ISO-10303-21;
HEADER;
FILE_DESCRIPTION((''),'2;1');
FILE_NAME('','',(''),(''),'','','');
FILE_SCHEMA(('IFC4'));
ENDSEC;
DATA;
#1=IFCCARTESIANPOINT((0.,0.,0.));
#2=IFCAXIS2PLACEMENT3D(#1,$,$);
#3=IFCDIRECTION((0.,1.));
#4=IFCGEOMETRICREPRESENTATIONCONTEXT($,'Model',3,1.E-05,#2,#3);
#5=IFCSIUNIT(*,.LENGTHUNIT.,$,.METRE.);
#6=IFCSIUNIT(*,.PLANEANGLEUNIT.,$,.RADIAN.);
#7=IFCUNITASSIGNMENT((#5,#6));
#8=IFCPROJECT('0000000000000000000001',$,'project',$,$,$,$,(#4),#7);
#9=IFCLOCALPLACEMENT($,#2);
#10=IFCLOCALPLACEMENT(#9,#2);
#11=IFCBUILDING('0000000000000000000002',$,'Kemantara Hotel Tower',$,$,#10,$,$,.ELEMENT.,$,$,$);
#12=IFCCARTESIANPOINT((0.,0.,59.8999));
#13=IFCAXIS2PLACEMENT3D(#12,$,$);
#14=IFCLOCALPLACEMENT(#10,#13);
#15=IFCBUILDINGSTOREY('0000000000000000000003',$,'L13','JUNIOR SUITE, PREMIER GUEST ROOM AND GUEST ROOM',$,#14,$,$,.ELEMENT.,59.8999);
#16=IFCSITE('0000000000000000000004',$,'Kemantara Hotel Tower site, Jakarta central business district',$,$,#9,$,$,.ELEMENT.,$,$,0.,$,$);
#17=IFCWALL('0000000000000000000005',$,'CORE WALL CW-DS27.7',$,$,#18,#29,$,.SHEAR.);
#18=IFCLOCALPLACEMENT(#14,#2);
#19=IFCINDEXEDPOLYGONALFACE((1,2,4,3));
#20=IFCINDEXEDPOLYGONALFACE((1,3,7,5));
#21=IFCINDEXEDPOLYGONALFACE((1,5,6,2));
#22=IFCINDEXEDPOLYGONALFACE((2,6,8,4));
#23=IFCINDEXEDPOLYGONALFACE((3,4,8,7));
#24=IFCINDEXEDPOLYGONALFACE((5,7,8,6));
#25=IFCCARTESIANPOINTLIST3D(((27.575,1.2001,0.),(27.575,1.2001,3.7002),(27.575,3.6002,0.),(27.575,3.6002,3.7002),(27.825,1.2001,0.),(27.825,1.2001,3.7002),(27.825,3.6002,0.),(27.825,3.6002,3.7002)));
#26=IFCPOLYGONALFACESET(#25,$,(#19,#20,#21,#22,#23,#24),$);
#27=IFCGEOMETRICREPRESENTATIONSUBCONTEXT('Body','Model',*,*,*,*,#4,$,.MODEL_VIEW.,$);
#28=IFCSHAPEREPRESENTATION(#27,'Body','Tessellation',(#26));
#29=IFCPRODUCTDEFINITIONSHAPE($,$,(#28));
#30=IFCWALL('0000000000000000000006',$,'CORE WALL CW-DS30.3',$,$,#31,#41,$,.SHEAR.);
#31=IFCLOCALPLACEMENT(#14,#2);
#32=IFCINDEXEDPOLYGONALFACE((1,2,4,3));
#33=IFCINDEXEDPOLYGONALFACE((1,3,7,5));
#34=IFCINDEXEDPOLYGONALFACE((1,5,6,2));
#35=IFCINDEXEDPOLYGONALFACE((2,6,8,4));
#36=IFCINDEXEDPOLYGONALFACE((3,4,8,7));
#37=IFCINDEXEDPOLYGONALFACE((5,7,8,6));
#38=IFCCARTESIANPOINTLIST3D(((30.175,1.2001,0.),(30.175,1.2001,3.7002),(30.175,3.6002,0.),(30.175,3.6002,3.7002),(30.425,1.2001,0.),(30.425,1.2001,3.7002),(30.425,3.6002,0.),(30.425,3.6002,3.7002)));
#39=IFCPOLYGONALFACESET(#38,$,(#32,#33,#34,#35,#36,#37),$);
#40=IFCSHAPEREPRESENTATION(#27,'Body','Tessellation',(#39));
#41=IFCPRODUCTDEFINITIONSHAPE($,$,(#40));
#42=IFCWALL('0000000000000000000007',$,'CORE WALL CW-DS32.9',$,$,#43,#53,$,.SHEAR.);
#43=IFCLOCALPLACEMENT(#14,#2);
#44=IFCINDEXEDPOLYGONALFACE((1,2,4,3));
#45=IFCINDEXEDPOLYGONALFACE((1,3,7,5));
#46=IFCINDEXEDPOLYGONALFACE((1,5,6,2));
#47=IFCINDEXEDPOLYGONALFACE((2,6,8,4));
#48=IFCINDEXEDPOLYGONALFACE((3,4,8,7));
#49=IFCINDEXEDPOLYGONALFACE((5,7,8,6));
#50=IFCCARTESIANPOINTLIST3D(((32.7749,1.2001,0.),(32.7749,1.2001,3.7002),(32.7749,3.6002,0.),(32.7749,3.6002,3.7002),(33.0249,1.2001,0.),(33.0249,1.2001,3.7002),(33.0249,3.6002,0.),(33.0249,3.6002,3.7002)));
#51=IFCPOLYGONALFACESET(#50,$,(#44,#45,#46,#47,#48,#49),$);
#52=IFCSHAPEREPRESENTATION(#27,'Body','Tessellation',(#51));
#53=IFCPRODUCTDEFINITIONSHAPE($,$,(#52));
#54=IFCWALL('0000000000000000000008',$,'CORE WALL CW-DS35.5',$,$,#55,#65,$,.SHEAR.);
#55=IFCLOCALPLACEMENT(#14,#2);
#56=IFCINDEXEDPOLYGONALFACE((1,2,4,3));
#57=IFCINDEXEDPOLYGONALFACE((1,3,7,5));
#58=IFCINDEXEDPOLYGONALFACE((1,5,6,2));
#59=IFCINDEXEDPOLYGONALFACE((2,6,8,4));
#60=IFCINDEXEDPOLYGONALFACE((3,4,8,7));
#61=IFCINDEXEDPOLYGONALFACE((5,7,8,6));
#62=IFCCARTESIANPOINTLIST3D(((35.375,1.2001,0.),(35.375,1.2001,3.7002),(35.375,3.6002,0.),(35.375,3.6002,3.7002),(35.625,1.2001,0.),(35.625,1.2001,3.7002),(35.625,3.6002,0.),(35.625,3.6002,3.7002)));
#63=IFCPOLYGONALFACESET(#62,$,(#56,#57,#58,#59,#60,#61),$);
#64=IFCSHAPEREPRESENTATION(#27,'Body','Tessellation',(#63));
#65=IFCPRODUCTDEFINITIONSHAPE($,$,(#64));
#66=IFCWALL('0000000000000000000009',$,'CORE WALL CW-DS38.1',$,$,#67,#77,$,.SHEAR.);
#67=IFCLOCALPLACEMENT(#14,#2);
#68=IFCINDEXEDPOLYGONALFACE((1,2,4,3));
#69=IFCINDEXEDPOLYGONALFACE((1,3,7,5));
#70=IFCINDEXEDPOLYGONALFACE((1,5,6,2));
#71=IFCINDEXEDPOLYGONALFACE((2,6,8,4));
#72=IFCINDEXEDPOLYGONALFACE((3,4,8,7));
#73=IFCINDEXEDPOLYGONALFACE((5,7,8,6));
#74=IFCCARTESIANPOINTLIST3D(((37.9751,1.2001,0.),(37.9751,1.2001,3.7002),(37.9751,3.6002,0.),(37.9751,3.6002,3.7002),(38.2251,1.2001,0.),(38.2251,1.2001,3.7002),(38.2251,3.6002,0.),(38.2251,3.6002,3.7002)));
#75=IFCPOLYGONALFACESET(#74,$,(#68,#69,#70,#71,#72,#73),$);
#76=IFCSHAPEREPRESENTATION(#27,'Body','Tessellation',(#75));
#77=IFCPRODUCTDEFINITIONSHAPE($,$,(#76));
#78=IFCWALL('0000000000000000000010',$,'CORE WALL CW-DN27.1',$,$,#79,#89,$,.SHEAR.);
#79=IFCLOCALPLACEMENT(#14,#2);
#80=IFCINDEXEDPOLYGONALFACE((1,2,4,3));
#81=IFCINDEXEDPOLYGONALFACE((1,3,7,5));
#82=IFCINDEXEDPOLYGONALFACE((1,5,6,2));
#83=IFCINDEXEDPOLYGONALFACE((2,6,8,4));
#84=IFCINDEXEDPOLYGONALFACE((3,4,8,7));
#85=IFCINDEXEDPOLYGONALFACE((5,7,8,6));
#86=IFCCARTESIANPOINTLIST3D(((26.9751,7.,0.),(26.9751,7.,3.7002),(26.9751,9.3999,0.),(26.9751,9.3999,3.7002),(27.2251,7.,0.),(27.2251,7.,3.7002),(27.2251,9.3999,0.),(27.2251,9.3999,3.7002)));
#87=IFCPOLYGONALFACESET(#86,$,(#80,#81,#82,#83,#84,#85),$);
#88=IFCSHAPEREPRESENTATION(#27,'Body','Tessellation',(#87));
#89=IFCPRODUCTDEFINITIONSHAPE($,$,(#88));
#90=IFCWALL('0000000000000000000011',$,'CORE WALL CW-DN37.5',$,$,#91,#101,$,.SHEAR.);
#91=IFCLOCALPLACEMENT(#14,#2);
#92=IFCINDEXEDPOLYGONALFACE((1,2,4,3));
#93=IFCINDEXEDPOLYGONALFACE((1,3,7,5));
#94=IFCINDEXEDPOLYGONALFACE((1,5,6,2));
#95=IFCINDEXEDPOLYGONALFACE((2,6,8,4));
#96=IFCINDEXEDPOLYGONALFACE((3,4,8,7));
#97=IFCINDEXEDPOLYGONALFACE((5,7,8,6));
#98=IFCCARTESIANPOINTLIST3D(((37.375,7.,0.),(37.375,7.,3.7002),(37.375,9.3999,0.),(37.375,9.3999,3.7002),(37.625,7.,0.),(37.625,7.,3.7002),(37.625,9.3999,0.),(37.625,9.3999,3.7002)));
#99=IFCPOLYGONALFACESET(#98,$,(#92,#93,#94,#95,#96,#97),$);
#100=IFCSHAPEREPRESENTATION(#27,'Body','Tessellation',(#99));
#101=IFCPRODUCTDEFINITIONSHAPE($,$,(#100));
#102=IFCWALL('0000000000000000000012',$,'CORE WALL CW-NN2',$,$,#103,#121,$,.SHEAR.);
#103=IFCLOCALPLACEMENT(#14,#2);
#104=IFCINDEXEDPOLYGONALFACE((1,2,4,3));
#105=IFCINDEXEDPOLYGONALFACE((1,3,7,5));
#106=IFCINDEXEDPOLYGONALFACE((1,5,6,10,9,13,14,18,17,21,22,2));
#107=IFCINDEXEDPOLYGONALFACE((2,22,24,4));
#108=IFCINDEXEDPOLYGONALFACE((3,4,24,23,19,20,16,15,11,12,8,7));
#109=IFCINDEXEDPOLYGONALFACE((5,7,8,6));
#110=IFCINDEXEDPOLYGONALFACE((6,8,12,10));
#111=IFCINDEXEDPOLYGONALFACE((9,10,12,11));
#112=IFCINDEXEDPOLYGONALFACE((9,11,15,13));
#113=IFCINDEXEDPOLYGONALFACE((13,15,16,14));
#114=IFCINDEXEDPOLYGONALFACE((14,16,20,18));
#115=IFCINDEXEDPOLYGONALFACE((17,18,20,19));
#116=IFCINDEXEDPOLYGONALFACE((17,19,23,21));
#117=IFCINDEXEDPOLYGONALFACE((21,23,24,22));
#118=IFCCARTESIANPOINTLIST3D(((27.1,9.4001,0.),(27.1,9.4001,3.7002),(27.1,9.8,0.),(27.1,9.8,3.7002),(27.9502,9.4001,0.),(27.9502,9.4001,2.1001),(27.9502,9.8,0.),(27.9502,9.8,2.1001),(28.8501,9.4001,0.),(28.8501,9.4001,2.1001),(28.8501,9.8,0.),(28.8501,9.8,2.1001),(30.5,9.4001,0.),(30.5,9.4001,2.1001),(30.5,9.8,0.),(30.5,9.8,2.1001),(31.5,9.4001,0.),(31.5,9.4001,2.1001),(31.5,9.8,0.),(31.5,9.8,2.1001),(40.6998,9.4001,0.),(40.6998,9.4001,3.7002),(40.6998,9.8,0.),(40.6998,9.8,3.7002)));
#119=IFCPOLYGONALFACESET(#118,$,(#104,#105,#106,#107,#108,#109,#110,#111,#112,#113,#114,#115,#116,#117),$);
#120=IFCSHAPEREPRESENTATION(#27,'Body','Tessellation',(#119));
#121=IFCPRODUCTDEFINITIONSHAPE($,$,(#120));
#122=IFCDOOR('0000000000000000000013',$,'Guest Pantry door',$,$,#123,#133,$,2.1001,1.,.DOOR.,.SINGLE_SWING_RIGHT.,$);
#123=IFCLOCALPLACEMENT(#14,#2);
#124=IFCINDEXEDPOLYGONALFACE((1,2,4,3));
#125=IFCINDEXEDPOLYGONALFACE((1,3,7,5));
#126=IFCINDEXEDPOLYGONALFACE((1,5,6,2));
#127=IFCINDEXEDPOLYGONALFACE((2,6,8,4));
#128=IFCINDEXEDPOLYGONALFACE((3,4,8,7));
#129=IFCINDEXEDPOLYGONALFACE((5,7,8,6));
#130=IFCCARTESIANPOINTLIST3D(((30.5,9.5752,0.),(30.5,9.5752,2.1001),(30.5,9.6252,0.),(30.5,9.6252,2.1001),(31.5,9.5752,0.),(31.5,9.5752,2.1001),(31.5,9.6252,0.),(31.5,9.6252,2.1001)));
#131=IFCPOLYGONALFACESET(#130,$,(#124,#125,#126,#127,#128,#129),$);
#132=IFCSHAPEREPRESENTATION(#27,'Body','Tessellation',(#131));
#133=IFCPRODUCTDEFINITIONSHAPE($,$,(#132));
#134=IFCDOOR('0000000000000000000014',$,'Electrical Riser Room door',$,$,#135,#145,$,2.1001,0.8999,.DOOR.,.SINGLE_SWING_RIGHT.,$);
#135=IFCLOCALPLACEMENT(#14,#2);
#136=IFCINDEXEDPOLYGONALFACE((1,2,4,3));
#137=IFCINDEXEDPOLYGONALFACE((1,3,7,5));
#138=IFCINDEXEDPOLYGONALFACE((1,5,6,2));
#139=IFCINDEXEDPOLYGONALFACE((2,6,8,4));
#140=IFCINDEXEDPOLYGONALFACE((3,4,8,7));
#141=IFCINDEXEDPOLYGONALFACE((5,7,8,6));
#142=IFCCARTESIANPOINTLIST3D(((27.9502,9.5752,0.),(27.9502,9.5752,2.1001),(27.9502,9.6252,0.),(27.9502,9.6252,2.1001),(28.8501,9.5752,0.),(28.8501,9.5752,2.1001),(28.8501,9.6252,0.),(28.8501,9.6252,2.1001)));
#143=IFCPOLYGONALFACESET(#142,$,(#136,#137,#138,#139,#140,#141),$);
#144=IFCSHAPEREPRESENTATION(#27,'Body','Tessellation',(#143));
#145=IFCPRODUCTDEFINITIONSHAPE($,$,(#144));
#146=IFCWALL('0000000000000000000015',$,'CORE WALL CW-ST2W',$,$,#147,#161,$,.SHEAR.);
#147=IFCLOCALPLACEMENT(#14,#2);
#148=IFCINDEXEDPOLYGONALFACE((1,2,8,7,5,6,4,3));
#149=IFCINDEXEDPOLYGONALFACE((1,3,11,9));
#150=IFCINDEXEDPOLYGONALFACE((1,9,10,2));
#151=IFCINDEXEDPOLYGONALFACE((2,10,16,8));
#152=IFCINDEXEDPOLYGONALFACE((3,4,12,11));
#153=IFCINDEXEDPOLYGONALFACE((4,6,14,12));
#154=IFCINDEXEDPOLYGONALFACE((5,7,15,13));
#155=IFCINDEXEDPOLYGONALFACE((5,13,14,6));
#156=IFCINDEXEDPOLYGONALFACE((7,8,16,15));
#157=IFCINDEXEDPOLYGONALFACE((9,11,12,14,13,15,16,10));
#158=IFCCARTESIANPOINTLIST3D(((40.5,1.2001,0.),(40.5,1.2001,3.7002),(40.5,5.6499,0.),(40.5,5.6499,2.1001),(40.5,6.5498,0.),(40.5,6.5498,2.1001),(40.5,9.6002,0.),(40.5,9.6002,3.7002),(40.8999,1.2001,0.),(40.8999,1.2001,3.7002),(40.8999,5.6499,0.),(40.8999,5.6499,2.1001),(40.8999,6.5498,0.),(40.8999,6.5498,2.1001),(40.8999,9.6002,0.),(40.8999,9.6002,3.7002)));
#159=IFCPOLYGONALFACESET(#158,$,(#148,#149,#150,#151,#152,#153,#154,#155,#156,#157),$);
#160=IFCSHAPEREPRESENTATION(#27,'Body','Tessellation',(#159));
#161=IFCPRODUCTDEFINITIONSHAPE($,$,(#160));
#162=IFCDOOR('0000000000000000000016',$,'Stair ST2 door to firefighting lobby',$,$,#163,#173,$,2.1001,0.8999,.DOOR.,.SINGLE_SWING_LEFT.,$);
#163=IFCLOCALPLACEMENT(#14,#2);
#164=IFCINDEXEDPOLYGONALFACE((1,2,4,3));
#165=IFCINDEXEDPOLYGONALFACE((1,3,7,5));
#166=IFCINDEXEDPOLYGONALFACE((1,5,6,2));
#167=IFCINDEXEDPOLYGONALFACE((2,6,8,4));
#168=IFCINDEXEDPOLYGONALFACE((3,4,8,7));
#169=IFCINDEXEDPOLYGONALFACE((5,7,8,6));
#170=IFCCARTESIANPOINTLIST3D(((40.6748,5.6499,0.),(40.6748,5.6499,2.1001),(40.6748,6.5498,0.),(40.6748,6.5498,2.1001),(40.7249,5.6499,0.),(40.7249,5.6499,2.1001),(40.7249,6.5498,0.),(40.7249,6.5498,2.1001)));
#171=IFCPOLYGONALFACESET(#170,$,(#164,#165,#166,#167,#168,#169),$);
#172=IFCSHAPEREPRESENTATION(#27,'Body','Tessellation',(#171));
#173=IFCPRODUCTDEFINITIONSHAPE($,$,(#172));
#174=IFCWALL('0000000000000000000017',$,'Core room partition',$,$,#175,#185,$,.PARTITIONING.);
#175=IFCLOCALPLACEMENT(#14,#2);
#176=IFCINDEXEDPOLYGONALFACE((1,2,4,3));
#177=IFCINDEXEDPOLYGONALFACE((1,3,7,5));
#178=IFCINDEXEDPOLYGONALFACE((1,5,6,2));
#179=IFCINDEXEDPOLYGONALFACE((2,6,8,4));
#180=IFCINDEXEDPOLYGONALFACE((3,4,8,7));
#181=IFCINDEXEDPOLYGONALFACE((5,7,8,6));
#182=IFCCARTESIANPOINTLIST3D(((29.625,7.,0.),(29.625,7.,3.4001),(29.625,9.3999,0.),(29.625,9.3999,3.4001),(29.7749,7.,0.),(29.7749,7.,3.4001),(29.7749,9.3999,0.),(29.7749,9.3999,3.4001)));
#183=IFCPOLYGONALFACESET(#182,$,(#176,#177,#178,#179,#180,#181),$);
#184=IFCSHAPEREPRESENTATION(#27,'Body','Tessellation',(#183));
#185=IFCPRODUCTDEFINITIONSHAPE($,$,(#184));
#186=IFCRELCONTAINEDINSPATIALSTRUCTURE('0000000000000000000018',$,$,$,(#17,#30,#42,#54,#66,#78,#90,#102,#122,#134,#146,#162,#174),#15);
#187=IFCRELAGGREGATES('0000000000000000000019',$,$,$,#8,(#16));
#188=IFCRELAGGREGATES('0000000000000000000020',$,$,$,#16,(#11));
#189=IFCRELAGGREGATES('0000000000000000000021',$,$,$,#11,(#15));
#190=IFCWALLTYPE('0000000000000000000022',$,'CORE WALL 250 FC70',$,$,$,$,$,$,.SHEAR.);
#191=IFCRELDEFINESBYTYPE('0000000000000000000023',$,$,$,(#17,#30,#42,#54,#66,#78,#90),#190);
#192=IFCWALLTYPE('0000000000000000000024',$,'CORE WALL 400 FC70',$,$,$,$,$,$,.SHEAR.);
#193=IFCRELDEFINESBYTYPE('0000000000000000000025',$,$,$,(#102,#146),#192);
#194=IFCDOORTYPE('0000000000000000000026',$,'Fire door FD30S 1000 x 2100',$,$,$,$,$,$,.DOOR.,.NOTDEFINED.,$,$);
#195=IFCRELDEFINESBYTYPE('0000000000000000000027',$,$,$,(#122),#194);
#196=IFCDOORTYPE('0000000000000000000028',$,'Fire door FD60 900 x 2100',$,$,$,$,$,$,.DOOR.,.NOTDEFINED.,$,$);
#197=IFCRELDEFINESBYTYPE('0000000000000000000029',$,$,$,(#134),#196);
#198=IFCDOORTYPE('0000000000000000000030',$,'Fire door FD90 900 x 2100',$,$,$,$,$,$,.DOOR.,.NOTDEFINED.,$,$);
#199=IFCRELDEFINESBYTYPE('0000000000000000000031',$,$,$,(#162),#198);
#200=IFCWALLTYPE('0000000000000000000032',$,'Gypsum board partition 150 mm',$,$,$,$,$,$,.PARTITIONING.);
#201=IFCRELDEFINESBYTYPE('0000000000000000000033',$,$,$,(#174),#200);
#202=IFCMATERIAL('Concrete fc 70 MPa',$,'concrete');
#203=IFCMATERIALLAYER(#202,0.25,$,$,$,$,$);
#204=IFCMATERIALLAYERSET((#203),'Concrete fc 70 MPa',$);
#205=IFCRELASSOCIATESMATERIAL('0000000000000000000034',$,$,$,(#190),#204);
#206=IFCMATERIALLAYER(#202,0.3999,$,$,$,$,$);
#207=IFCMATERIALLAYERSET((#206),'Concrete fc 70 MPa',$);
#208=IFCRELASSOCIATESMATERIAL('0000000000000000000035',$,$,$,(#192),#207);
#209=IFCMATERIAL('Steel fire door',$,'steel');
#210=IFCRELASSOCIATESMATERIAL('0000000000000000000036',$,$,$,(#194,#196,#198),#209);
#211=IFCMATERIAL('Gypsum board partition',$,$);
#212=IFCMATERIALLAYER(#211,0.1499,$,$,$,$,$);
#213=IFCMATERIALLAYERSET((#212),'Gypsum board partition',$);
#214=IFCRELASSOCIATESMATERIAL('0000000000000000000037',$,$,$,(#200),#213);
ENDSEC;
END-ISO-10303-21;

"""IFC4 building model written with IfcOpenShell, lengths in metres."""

from ifc_helpers import new_model, si_unit, direction, frame, frame_2d, origin, place, context, subcontext, project, spatial, rectangle, extrude, material, layer, layer_set, type_object, element, fill, save


model = new_model("IFC4")

# Units and contexts
model_context = context("Model", 3, precision=1e-05, world=origin(), true_north=direction((0.0, 1.0)))
body_context = subcontext(model_context, "Body", "Model", "MODEL_VIEW")
ifc_project = project(units=[si_unit("LENGTHUNIT", "METRE"), si_unit("PLANEANGLEUNIT", "RADIAN")], contexts=[model_context])

# Site, building, storey
site_placement = place(None, origin())
site = spatial("IfcSite", under=ifc_project, at=site_placement, Name="Kemantara Hotel Tower site, Jakarta central business district", CompositionType="ELEMENT", RefElevation=0.0)
building_placement = place(site_placement, origin())
building = spatial("IfcBuilding", under=site, at=building_placement, Name="Kemantara Hotel Tower", CompositionType="ELEMENT")
storey_placement = place(building_placement, frame((0.0, 0.0, 59.8999)))
storey = spatial("IfcBuildingStorey", under=building, at=storey_placement, Name="L13", Description="JUNIOR SUITE, PREMIER GUEST ROOM AND GUEST ROOM", CompositionType="ELEMENT", Elevation=59.8999)

# Walls
ifc_material_1 = material(Name="Concrete fc 70 MPa", Category="concrete")
ifc_layer_1 = layer(ifc_material_1, 0.25)
ifc_layer_set_1 = layer_set([ifc_layer_1], Name="Concrete fc 70 MPa")
wall_type_1 = type_object("IfcWallType", Name="CORE WALL 250 FC70", PredefinedType="SHEAR", material=ifc_layer_set_1)
for number, where, z_axis, x_axis, name in (
    (1, (27.7, 1.2, 0.0), (0.0, 0.0, 1.0), (0.0, 1.0, 0.0), "CORE WALL CW-DS27.7"),
    (2, (30.3, 1.2, 0.0), (0.0, 0.0, 1.0), (0.0, 1.0, 0.0), "CORE WALL CW-DS30.3"),
    (3, (32.8999, 1.2, 0.0), (0.0, 0.0, 1.0), (0.0, 1.0, 0.0), "CORE WALL CW-DS32.9"),
    (4, (35.5, 1.2, 0.0), (0.0, 0.0, 1.0), (0.0, 1.0, 0.0), "CORE WALL CW-DS35.5"),
    (5, (38.1001, 1.2, 0.0), (0.0, 0.0, 1.0), (0.0, 1.0, 0.0), "CORE WALL CW-DS38.1"),
):
    element("IfcWall", number, at=place(storey_placement, frame(where, z_axis=z_axis, x_axis=x_axis)), inside=storey, type_object=wall_type_1, Name=name, PredefinedType="SHEAR", context=body_context, shape_type="SweptSolid", body=[
        extrude(rectangle(XDim=2.4001, YDim=0.25, at=frame_2d((1.2002, 0.0))), origin(), (0.0, 0.0, 1.0), 3.7002),
    ])
for number, where, z_axis, x_axis, name in (
    (6, (27.1001, 7.0, 0.0), (0.0, 0.0, 1.0), (0.0, 1.0, 0.0), "CORE WALL CW-DN27.1"),
    (7, (37.5, 7.0, 0.0), (0.0, 0.0, 1.0), (0.0, 1.0, 0.0), "CORE WALL CW-DN37.5"),
):
    element("IfcWall", number, at=place(storey_placement, frame(where, z_axis=z_axis, x_axis=x_axis)), inside=storey, type_object=wall_type_1, Name=name, PredefinedType="SHEAR", context=body_context, shape_type="SweptSolid", body=[
        extrude(rectangle(XDim=2.3999, YDim=0.25, at=frame_2d((1.2, 0.0))), origin(), (0.0, 0.0, 1.0), 3.7002),
    ])

# Wall, openings, doors
ifc_layer_2 = layer(ifc_material_1, 0.3999)
ifc_layer_set_2 = layer_set([ifc_layer_2], Name="Concrete fc 70 MPa")
wall_type_2 = type_object("IfcWallType", Name="CORE WALL 400 FC70", PredefinedType="SHEAR", material=ifc_layer_set_2)
wall_1_placement = place(storey_placement, frame((27.1001, 9.6001, 0.0), z_axis=(0.0, 0.0, 1.0), x_axis=(1.0, 0.0, 0.0)))
wall_1 = element("IfcWall", 8, at=wall_1_placement, inside=storey, type_object=wall_type_2, Name="CORE WALL CW-NN2", PredefinedType="SHEAR", context=body_context, shape_type="SweptSolid", body=[
    extrude(rectangle(XDim=13.5999, YDim=0.3999, at=frame_2d((6.7998, 0.0))), origin(), (0.0, 0.0, 1.0), 3.7002),
])
opening_1_placement = place(wall_1_placement, frame((0.8501, 0.0, 0.0)))
opening_1 = element("IfcOpeningElement", 9, at=opening_1_placement, cuts=wall_1, PredefinedType="OPENING", context=body_context, shape_type="SweptSolid", body=[
    extrude(rectangle(XDim=0.8999, YDim=2.1001, at=frame_2d((0.45, 1.05))), frame((0.0, 0.21, 0.0), z_axis=(0.0, -1.0, 0.0), x_axis=(1.0, 0.0, 0.0)), (0.0, 0.0, 1.0), 0.4199),
])
opening_2_placement = place(wall_1_placement, frame((3.3999, 0.0, 0.0)))
opening_2 = element("IfcOpeningElement", 10, at=opening_2_placement, cuts=wall_1, PredefinedType="OPENING", context=body_context, shape_type="SweptSolid", body=[
    extrude(rectangle(XDim=1.0, YDim=2.1001, at=frame_2d((0.5, 1.05))), frame((0.0, 0.21, 0.0), z_axis=(0.0, -1.0, 0.0), x_axis=(1.0, 0.0, 0.0)), (0.0, 0.0, 1.0), 0.4199),
])
ifc_material_2 = material(Name="Steel fire door", Category="steel")
door_type_1 = type_object("IfcDoorType", Name="Fire door FD30S 1000 x 2100", OperationType="NOTDEFINED", PredefinedType="DOOR", material=ifc_material_2)
door_1_placement = place(opening_2_placement, frame((1.0, 0.0, 0.0), z_axis=(0.0, 0.0, 1.0), x_axis=(-1.0, 0.0, 0.0)))
door_1 = element("IfcDoor", 11, at=door_1_placement, inside=storey, type_object=door_type_1, Name="Guest Pantry door", OperationType="SINGLE_SWING_RIGHT", OverallHeight=2.1001, OverallWidth=1.0, PredefinedType="DOOR", context=body_context, shape_type="SweptSolid", body=[
    extrude(rectangle(XDim=1.0, YDim=2.1001, at=frame_2d((0.5, 1.05))), frame((0.0, 0.0249, 0.0), z_axis=(0.0, -1.0, 0.0), x_axis=(1.0, 0.0, 0.0)), (0.0, 0.0, 1.0), 0.05),
])
fill(opening_2, door_1)
door_type_2 = type_object("IfcDoorType", Name="Fire door FD60 900 x 2100", OperationType="NOTDEFINED", PredefinedType="DOOR", material=ifc_material_2)
door_2_placement = place(opening_1_placement, frame((0.8999, 0.0, 0.0), z_axis=(0.0, 0.0, 1.0), x_axis=(-1.0, 0.0, 0.0)))
door_2 = element("IfcDoor", 12, at=door_2_placement, inside=storey, type_object=door_type_2, Name="Electrical Riser Room door", OperationType="SINGLE_SWING_RIGHT", OverallHeight=2.1001, OverallWidth=0.8999, PredefinedType="DOOR", context=body_context, shape_type="SweptSolid", body=[
    extrude(rectangle(XDim=0.8999, YDim=2.1001, at=frame_2d((0.45, 1.05))), frame((0.0, 0.0249, 0.0), z_axis=(0.0, -1.0, 0.0), x_axis=(1.0, 0.0, 0.0)), (0.0, 0.0, 1.0), 0.05),
])
fill(opening_1, door_2)

# Wall, opening, door
wall_2_placement = place(storey_placement, frame((40.7, 1.2, 0.0), z_axis=(0.0, 0.0, 1.0), x_axis=(0.0, 1.0, 0.0)))
wall_2 = element("IfcWall", 13, at=wall_2_placement, inside=storey, type_object=wall_type_2, Name="CORE WALL CW-ST2W", PredefinedType="SHEAR", context=body_context, shape_type="SweptSolid", body=[
    extrude(rectangle(XDim=8.4001, YDim=0.3999, at=frame_2d((4.2002, 0.0))), origin(), (0.0, 0.0, 1.0), 3.7002),
])
opening_3_placement = place(wall_2_placement, frame((4.45, 0.0, 0.0)))
opening_3 = element("IfcOpeningElement", 14, at=opening_3_placement, cuts=wall_2, PredefinedType="OPENING", context=body_context, shape_type="SweptSolid", body=[
    extrude(rectangle(XDim=0.8999, YDim=2.1001, at=frame_2d((0.45, 1.05))), frame((0.0, 0.21, 0.0), z_axis=(0.0, -1.0, 0.0), x_axis=(1.0, 0.0, 0.0)), (0.0, 0.0, 1.0), 0.4199),
])
door_type_3 = type_object("IfcDoorType", Name="Fire door FD90 900 x 2100", OperationType="NOTDEFINED", PredefinedType="DOOR", material=ifc_material_2)
door_3_placement = place(opening_3_placement, frame((0.8999, 0.0, 0.0), z_axis=(0.0, 0.0, 1.0), x_axis=(-1.0, 0.0, 0.0)))
door_3 = element("IfcDoor", 15, at=door_3_placement, inside=storey, type_object=door_type_3, Name="Stair ST2 door to firefighting lobby", OperationType="SINGLE_SWING_LEFT", OverallHeight=2.1001, OverallWidth=0.8999, PredefinedType="DOOR", context=body_context, shape_type="SweptSolid", body=[
    extrude(rectangle(XDim=0.8999, YDim=2.1001, at=frame_2d((0.45, 1.05))), frame((0.0, 0.0249, 0.0), z_axis=(0.0, -1.0, 0.0), x_axis=(1.0, 0.0, 0.0)), (0.0, 0.0, 1.0), 0.05),
])
fill(opening_3, door_3)

# Wall
ifc_material_3 = material(Name="Gypsum board partition")
ifc_layer_3 = layer(ifc_material_3, 0.1499)
ifc_layer_set_3 = layer_set([ifc_layer_3], Name="Gypsum board partition")
wall_type_3 = type_object("IfcWallType", Name="Gypsum board partition 150 mm", PredefinedType="PARTITIONING", material=ifc_layer_set_3)
wall_3_placement = place(storey_placement, frame((29.7, 7.0, 0.0), z_axis=(0.0, 0.0, 1.0), x_axis=(0.0, 1.0, 0.0)))
element("IfcWall", 16, at=wall_3_placement, inside=storey, type_object=wall_type_3, Name="Core room partition", PredefinedType="PARTITIONING", context=body_context, shape_type="SweptSolid", body=[
    extrude(rectangle(XDim=2.3999, YDim=0.1499, at=frame_2d((1.2, 0.0))), origin(), (0.0, 0.0, 1.0), 3.4001),
])

save(model, "model.ifc")
